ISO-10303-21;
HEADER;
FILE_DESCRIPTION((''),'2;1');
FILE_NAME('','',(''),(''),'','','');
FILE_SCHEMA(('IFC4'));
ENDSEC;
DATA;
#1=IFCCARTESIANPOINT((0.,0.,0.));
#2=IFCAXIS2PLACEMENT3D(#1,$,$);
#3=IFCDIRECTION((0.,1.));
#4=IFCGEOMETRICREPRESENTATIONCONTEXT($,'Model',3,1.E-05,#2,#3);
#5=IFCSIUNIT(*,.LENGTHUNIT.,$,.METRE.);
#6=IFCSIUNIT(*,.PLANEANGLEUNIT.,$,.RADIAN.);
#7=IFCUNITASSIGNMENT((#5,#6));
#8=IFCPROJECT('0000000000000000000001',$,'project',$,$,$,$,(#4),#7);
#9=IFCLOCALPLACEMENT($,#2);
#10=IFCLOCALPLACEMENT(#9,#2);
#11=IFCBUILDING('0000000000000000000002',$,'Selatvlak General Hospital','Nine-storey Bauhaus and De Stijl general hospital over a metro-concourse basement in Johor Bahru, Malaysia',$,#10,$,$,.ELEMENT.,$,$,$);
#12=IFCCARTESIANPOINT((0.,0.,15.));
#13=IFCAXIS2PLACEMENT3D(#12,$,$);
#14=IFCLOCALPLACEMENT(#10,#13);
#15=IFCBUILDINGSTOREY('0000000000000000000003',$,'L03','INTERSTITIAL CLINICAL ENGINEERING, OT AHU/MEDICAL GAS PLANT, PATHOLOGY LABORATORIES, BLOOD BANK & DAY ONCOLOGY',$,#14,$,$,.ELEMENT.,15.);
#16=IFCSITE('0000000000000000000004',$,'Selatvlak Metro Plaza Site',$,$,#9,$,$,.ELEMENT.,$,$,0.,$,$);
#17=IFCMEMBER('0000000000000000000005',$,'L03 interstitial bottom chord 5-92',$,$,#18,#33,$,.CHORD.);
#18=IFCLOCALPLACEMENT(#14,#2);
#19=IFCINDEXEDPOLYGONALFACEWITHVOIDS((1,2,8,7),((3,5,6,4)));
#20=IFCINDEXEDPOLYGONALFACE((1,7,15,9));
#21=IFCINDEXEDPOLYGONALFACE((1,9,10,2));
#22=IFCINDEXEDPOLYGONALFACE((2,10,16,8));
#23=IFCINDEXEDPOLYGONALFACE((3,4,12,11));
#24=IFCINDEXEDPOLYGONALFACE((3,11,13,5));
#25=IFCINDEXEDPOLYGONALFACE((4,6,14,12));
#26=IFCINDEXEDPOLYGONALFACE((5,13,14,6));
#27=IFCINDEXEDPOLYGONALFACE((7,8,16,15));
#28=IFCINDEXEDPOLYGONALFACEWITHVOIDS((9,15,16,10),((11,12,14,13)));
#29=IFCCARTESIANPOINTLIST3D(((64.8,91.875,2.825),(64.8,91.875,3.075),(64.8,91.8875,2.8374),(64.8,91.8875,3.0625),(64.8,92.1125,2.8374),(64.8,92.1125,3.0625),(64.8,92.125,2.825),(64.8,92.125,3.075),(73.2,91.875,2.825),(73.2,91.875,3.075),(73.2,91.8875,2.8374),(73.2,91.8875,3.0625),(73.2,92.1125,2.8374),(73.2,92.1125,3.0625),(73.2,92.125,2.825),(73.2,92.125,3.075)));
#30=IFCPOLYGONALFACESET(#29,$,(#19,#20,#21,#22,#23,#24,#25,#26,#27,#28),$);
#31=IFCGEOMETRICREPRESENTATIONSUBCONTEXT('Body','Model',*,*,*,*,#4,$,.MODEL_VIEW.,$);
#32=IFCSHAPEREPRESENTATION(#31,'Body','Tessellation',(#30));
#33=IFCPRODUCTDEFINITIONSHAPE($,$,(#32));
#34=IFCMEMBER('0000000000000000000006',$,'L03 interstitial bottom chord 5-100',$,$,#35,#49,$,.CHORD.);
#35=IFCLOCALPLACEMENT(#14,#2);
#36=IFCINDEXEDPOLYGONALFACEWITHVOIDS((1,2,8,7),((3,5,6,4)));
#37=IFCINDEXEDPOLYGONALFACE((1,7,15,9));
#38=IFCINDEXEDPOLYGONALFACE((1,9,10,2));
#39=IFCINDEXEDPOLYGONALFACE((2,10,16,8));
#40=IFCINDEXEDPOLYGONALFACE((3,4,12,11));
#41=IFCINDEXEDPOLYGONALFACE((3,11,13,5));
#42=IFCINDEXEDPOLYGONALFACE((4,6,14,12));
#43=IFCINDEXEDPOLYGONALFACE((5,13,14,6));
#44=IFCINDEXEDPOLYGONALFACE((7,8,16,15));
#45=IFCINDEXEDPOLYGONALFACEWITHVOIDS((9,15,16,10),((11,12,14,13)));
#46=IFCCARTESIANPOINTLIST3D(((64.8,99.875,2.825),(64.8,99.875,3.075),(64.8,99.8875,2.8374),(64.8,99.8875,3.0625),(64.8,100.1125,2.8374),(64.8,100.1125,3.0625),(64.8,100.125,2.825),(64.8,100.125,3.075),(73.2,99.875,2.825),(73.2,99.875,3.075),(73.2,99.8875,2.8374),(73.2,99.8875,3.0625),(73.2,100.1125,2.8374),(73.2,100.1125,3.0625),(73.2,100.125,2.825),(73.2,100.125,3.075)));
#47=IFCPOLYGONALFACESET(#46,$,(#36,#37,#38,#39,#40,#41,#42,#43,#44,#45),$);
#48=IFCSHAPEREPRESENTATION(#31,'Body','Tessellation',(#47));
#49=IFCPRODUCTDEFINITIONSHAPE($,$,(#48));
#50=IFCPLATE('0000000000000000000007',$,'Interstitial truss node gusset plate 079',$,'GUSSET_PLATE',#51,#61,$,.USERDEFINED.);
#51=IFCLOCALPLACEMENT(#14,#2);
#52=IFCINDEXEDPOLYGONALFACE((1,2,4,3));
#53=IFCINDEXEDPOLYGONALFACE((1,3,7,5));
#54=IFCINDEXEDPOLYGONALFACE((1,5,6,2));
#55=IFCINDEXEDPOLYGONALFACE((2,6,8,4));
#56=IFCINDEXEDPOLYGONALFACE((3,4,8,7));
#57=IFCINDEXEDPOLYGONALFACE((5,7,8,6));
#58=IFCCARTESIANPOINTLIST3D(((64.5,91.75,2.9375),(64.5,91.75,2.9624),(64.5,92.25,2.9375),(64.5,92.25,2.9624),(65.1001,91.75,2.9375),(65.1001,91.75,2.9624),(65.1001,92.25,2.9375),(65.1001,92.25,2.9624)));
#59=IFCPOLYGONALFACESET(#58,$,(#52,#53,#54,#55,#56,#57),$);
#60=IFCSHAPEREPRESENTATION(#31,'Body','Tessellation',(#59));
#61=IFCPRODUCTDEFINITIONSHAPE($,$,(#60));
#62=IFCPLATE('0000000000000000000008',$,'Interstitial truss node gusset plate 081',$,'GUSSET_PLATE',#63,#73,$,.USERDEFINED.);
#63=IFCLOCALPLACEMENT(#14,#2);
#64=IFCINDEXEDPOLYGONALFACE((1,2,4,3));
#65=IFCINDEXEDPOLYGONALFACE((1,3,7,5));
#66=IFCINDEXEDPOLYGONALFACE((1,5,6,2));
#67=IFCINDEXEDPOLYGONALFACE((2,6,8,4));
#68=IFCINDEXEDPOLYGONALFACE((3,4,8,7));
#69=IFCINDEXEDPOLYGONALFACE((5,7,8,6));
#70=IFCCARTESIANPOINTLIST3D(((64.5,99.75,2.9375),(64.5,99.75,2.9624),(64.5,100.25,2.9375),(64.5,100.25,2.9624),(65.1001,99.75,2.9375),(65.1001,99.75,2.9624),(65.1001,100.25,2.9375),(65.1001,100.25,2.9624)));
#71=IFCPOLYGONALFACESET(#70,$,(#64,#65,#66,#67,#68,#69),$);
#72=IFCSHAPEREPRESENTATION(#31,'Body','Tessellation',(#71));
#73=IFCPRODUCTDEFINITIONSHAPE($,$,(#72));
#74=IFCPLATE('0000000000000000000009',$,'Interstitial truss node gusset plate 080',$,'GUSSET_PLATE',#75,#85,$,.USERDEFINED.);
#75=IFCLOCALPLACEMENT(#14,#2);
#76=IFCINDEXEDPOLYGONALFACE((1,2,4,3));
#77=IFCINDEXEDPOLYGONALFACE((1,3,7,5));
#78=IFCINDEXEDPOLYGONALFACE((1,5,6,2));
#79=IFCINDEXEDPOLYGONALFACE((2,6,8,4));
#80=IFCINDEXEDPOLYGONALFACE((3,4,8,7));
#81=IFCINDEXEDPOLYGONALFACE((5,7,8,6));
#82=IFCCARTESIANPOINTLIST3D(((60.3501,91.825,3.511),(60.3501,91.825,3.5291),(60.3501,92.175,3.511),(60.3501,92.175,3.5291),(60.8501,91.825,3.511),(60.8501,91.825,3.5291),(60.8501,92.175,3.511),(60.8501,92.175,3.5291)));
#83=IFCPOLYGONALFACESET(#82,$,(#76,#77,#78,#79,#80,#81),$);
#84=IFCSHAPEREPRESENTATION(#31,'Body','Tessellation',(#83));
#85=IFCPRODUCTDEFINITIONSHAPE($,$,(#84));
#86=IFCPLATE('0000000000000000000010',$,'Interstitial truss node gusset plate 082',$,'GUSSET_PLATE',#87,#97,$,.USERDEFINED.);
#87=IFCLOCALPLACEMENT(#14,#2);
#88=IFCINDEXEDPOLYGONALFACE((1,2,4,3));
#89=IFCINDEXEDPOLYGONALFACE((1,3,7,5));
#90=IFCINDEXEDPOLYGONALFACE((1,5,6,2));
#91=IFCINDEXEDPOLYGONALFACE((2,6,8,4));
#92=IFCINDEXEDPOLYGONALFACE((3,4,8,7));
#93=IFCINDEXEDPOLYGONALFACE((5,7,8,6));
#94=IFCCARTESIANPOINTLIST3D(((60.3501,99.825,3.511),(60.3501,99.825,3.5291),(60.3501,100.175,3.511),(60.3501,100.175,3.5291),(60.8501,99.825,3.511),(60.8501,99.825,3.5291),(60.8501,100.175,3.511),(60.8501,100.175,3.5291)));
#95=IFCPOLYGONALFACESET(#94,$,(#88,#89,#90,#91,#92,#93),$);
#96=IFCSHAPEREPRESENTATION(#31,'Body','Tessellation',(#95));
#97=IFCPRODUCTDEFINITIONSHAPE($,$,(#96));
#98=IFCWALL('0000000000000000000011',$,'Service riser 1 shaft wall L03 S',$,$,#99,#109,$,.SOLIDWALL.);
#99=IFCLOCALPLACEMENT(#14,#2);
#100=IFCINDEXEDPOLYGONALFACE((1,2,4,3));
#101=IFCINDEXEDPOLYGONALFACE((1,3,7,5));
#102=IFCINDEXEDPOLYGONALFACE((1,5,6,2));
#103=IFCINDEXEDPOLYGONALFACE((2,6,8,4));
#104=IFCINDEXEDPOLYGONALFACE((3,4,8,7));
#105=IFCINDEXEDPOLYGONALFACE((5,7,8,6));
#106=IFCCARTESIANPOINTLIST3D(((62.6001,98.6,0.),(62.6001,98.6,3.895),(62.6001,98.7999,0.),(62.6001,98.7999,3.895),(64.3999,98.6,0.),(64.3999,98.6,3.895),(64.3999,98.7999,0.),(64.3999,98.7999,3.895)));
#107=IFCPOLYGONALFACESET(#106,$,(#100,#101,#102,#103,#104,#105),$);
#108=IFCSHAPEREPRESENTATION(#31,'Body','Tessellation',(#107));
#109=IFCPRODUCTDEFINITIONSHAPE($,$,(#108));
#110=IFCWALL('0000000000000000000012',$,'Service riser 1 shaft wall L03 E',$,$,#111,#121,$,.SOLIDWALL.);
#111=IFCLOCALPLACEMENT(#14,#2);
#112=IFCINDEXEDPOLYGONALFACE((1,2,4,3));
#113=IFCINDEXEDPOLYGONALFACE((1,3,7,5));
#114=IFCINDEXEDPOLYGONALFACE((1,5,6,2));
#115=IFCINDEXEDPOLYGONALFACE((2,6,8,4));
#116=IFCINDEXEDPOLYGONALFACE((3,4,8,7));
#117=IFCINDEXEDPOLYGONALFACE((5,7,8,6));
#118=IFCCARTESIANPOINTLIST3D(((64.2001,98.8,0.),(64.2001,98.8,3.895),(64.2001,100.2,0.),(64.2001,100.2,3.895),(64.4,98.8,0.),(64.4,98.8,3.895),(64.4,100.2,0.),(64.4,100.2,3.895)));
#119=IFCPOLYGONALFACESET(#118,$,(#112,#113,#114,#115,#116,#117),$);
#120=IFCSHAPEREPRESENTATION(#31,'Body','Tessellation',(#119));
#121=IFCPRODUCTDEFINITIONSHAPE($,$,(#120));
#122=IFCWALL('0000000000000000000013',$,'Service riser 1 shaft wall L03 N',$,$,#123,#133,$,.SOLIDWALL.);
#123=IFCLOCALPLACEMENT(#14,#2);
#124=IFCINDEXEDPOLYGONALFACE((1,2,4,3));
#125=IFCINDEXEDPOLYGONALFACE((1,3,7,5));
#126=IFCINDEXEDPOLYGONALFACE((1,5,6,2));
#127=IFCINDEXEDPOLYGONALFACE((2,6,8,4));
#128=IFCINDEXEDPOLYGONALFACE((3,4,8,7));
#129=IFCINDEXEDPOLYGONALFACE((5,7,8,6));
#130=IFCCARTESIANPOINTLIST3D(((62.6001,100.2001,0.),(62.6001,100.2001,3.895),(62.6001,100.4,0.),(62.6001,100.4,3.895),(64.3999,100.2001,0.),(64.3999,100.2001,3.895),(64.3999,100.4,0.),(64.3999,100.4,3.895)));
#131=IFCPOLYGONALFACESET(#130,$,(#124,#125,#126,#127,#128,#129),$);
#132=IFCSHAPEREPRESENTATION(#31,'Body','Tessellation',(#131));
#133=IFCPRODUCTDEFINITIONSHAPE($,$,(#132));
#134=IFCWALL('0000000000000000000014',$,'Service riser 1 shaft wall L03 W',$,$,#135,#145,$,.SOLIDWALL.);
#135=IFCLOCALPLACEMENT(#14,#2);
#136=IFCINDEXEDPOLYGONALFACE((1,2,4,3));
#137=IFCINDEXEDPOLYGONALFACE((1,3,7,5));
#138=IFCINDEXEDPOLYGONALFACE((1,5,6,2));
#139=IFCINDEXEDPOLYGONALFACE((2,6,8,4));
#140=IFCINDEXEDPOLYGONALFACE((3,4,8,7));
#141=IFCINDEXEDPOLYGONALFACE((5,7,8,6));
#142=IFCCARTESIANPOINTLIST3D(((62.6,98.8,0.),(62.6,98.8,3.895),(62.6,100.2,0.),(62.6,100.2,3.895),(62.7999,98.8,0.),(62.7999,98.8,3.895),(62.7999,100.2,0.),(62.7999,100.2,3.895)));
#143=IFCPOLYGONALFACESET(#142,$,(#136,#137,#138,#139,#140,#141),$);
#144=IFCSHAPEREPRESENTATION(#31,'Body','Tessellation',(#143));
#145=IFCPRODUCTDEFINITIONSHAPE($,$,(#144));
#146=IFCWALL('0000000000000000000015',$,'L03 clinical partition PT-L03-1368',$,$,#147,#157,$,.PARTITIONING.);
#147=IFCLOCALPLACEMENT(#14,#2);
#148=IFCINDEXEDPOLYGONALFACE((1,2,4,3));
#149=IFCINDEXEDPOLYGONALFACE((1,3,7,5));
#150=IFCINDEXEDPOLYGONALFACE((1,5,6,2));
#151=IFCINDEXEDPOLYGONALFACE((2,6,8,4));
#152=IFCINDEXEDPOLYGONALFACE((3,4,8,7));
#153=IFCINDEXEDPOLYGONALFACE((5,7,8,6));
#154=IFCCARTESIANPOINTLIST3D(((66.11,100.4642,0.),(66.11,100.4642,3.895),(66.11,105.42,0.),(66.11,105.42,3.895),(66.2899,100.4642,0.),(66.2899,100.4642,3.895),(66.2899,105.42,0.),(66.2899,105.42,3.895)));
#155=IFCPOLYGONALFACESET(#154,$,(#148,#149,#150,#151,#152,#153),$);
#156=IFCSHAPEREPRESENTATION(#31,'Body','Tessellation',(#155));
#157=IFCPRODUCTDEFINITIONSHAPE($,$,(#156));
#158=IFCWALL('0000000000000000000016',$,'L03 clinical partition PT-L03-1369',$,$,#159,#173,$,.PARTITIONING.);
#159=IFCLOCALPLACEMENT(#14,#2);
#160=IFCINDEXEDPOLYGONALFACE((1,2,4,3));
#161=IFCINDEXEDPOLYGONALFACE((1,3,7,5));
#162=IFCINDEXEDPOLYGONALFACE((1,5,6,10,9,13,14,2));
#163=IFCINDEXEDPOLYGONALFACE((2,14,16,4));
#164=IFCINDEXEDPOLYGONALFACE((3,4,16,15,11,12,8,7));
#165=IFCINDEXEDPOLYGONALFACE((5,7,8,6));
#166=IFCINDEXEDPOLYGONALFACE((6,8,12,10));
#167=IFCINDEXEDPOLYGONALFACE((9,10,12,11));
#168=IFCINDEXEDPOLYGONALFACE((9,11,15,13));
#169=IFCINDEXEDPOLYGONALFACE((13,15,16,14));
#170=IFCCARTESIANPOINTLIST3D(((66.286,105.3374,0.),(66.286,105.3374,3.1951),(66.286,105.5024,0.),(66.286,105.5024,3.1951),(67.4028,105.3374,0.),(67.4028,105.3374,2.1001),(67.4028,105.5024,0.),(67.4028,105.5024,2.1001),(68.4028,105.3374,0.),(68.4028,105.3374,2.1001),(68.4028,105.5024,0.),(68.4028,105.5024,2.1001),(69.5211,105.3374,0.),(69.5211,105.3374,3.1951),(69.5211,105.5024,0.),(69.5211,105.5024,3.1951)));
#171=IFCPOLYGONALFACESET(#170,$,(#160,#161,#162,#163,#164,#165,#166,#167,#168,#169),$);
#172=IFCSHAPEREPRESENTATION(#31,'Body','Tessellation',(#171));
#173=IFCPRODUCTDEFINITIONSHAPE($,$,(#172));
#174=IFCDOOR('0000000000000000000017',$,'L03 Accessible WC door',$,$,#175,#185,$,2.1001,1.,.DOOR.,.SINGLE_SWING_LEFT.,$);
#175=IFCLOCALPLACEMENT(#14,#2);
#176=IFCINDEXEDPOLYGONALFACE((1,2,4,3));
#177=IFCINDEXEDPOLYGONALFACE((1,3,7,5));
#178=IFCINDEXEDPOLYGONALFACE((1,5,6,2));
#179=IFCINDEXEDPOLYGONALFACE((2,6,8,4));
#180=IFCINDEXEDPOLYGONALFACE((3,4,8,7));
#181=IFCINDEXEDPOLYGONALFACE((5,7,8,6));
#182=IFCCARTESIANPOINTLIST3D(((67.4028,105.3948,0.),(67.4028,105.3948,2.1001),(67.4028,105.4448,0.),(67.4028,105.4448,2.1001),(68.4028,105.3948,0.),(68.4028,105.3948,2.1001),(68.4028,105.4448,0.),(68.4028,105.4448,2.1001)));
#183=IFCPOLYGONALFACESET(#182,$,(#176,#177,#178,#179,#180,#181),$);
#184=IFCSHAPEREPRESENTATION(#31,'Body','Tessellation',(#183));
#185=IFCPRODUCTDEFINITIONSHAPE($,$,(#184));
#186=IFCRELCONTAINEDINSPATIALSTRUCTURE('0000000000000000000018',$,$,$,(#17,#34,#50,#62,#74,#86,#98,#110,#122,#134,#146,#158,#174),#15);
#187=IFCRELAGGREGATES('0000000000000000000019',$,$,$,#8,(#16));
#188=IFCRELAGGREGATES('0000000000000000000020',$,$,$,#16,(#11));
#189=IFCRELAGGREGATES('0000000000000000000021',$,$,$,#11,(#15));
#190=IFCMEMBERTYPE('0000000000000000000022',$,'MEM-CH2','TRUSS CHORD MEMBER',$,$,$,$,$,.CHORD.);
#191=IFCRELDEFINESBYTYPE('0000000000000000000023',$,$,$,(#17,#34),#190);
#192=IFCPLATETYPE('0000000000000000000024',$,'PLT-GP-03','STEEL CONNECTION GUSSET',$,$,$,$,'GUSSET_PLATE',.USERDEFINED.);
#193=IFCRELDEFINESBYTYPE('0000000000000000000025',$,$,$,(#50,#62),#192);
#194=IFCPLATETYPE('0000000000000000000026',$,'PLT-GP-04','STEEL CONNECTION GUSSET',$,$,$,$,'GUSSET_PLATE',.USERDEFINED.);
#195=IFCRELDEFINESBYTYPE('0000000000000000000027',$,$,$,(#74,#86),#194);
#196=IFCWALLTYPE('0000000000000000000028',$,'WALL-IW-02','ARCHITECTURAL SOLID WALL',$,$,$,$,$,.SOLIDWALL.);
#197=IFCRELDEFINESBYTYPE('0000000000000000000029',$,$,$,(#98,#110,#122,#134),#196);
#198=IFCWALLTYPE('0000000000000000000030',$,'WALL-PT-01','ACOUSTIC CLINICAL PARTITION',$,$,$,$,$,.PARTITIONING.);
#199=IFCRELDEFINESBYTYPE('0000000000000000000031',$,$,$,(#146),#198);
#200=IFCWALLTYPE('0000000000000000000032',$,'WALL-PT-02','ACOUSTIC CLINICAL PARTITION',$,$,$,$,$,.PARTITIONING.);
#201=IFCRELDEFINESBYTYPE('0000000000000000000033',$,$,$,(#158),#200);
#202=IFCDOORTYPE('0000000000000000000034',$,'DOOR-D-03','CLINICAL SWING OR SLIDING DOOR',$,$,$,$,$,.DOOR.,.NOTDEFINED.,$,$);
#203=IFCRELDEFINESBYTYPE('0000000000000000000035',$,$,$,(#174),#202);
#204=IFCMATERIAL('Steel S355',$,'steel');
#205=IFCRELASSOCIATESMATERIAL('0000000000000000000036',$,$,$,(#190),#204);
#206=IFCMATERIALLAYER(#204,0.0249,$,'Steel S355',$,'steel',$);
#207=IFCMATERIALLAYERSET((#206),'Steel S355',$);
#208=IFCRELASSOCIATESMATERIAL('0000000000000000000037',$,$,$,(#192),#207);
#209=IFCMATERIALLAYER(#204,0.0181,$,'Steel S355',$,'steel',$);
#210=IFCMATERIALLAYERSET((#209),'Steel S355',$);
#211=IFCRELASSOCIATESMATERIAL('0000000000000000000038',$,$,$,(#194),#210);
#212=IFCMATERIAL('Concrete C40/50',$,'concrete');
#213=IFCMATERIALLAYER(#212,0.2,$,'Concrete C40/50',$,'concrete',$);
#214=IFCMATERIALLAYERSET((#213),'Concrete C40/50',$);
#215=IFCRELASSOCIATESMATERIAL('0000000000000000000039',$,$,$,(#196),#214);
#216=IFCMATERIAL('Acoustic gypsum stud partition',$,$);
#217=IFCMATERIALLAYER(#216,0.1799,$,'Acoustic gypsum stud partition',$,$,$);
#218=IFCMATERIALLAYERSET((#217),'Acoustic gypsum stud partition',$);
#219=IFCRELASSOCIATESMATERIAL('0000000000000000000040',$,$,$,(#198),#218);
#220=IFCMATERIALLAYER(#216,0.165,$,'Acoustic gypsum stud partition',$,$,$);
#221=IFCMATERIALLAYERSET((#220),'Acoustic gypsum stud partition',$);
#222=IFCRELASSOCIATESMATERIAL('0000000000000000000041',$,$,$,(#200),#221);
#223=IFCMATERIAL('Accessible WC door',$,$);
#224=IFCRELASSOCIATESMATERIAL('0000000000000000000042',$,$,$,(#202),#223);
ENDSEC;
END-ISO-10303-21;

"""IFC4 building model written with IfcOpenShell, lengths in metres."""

from ifc_helpers import new_model, si_unit, direction, frame, frame_2d, origin, origin_2d, place, context, subcontext, project, spatial, rectangle, hollow_rectangle, extrude, material, layer, layer_set, material_profile, profile_set, type_object, element, fill, save


model = new_model("IFC4")

# Units and contexts
model_context = context("Model", 3, precision=1e-05, world=origin(), true_north=direction((0.0, 1.0)))
body_context = subcontext(model_context, "Body", "Model", "MODEL_VIEW")
ifc_project = project(units=[si_unit("LENGTHUNIT", "METRE"), si_unit("PLANEANGLEUNIT", "RADIAN")], contexts=[model_context])

# Site, building, storey
site_placement = place(None, origin())
site = spatial("IfcSite", under=ifc_project, at=site_placement, Name="Selatvlak Metro Plaza Site", CompositionType="ELEMENT", RefElevation=0.0)
building_placement = place(site_placement, origin())
building = spatial("IfcBuilding", under=site, at=building_placement, Name="Selatvlak General Hospital", Description="Nine-storey Bauhaus and De Stijl general hospital over a metro-concourse basement in Johor Bahru, Malaysia", CompositionType="ELEMENT")
storey_placement = place(building_placement, frame((0.0, 0.0, 15.0)))
storey = spatial("IfcBuildingStorey", under=building, at=storey_placement, Name="L03", Description="INTERSTITIAL CLINICAL ENGINEERING, OT AHU/MEDICAL GAS PLANT, PATHOLOGY LABORATORIES, BLOOD BANK & DAY ONCOLOGY", CompositionType="ELEMENT", Elevation=15.0)

# Shared definitions
ifc_material_1 = material(Name="Concrete C40/50", Category="concrete")

# Members
ifc_material_2 = material(Name="Steel S355", Category="steel")
ifc_material_profile_1 = material_profile(ifc_material_2, hollow_rectangle(XDim=0.25, YDim=0.25, WallThickness=0.0125, at=origin_2d()), Name="SHS 250x250x12.5")
ifc_profile_set_1 = profile_set([ifc_material_profile_1], Name="Steel S355")
member_type_1 = type_object("IfcMemberType", Name="MEM-CH2", Description="TRUSS CHORD MEMBER", PredefinedType="CHORD", material=ifc_profile_set_1)
for number, where, z_axis, x_axis, name in (
    (1, (64.8, 92.0, 2.95), (1.0, 0.0, 0.0), (0.0, 1.0, 0.0), "L03 interstitial bottom chord 5-92"),
    (2, (64.8, 100.0, 2.95), (1.0, 0.0, 0.0), (0.0, 1.0, 0.0), "L03 interstitial bottom chord 5-100"),
):
    element("IfcMember", number, at=place(storey_placement, frame(where, z_axis=z_axis, x_axis=x_axis)), inside=storey, type_object=member_type_1, Name=name, PredefinedType="CHORD", context=body_context, shape_type="SweptSolid", body=[
        extrude(hollow_rectangle(XDim=0.25, YDim=0.25, WallThickness=0.0125, at=origin_2d()), origin(), (0.0, 0.0, 1.0), 8.3999),
    ])

# Plates
ifc_layer_1 = layer(ifc_material_2, 0.0249, Name="Steel S355", Category="steel")
ifc_layer_set_1 = layer_set([ifc_layer_1], Name="Steel S355")
plate_type_1 = type_object("IfcPlateType", Name="PLT-GP-03", Description="STEEL CONNECTION GUSSET", ElementType="GUSSET_PLATE", PredefinedType="USERDEFINED", material=ifc_layer_set_1)
for number, where, z_axis, x_axis, name in (
    (3, (64.8, 92.0, 2.9375), (0.0, 0.0, 1.0), (1.0, 0.0, 0.0), "Interstitial truss node gusset plate 079"),
    (4, (64.8, 100.0, 2.9375), (0.0, 0.0, 1.0), (1.0, 0.0, 0.0), "Interstitial truss node gusset plate 081"),
):
    element("IfcPlate", number, at=place(storey_placement, frame(where, z_axis=z_axis, x_axis=x_axis)), inside=storey, type_object=plate_type_1, Name=name, ObjectType="GUSSET_PLATE", PredefinedType="USERDEFINED", context=body_context, shape_type="SweptSolid", body=[
        extrude(rectangle(XDim=0.6001, YDim=0.5, at=origin_2d()), origin(), (0.0, 0.0, 1.0), 0.0249),
    ])
ifc_layer_2 = layer(ifc_material_2, 0.0181, Name="Steel S355", Category="steel")
ifc_layer_set_2 = layer_set([ifc_layer_2], Name="Steel S355")
plate_type_2 = type_object("IfcPlateType", Name="PLT-GP-04", Description="STEEL CONNECTION GUSSET", ElementType="GUSSET_PLATE", PredefinedType="USERDEFINED", material=ifc_layer_set_2)
for number, where, z_axis, x_axis, name in (
    (5, (60.6001, 92.0, 3.511), (0.0, 0.0, 1.0), (1.0, 0.0, 0.0), "Interstitial truss node gusset plate 080"),
    (6, (60.6001, 100.0, 3.511), (0.0, 0.0, 1.0), (1.0, 0.0, 0.0), "Interstitial truss node gusset plate 082"),
):
    element("IfcPlate", number, at=place(storey_placement, frame(where, z_axis=z_axis, x_axis=x_axis)), inside=storey, type_object=plate_type_2, Name=name, ObjectType="GUSSET_PLATE", PredefinedType="USERDEFINED", context=body_context, shape_type="SweptSolid", body=[
        extrude(rectangle(XDim=0.5, YDim=0.3501, at=origin_2d()), origin(), (0.0, 0.0, 1.0), 0.0181),
    ])

# Walls
ifc_layer_3 = layer(ifc_material_1, 0.2, Name="Concrete C40/50", Category="concrete")
ifc_layer_set_3 = layer_set([ifc_layer_3], Name="Concrete C40/50")
wall_type_1 = type_object("IfcWallType", Name="WALL-IW-02", Description="ARCHITECTURAL SOLID WALL", PredefinedType="SOLIDWALL", material=ifc_layer_set_3)
wall_1_placement = place(storey_placement, frame((62.6001, 98.7, 0.0), z_axis=(0.0, 0.0, 1.0), x_axis=(1.0, 0.0, 0.0)))
element("IfcWall", 7, at=wall_1_placement, inside=storey, type_object=wall_type_1, Name="Service riser 1 shaft wall L03 S", PredefinedType="SOLIDWALL", context=body_context, shape_type="SweptSolid", body=[
    extrude(rectangle(XDim=1.7998, YDim=0.2, at=frame_2d((0.8999, 0.0))), origin(), (0.0, 0.0, 1.0), 3.895),
])
wall_2_placement = place(storey_placement, frame((64.3, 98.8, 0.0), z_axis=(0.0, 0.0, 1.0), x_axis=(0.0, 1.0, 0.0)))
element("IfcWall", 8, at=wall_2_placement, inside=storey, type_object=wall_type_1, Name="Service riser 1 shaft wall L03 E", PredefinedType="SOLIDWALL", context=body_context, shape_type="SweptSolid", body=[
    extrude(rectangle(XDim=1.3999, YDim=0.2, at=frame_2d((0.7, 0.0))), origin(), (0.0, 0.0, 1.0), 3.895),
])
wall_3_placement = place(storey_placement, frame((64.3999, 100.3, 0.0), z_axis=(0.0, 0.0, 1.0), x_axis=(-1.0, 0.0, 0.0)))
element("IfcWall", 9, at=wall_3_placement, inside=storey, type_object=wall_type_1, Name="Service riser 1 shaft wall L03 N", PredefinedType="SOLIDWALL", context=body_context, shape_type="SweptSolid", body=[
    extrude(rectangle(XDim=1.7998, YDim=0.2, at=frame_2d((0.8999, 0.0))), origin(), (0.0, 0.0, 1.0), 3.895),
])
wall_4_placement = place(storey_placement, frame((62.7, 100.2, 0.0), z_axis=(0.0, 0.0, 1.0), x_axis=(0.0, -1.0, 0.0)))
element("IfcWall", 10, at=wall_4_placement, inside=storey, type_object=wall_type_1, Name="Service riser 1 shaft wall L03 W", PredefinedType="SOLIDWALL", context=body_context, shape_type="SweptSolid", body=[
    extrude(rectangle(XDim=1.3999, YDim=0.2, at=frame_2d((0.7, 0.0))), origin(), (0.0, 0.0, 1.0), 3.895),
])
ifc_material_3 = material(Name="Acoustic gypsum stud partition")
ifc_layer_4 = layer(ifc_material_3, 0.1799, Name="Acoustic gypsum stud partition")
ifc_layer_set_4 = layer_set([ifc_layer_4], Name="Acoustic gypsum stud partition")
wall_type_2 = type_object("IfcWallType", Name="WALL-PT-01", Description="ACOUSTIC CLINICAL PARTITION", PredefinedType="PARTITIONING", material=ifc_layer_set_4)
wall_5_placement = place(storey_placement, frame((66.2, 100.4641, 0.0), z_axis=(0.0, 0.0, 1.0), x_axis=(0.0, 1.0, 0.0)))
element("IfcWall", 11, at=wall_5_placement, inside=storey, type_object=wall_type_2, Name="L03 clinical partition PT-L03-1368", PredefinedType="PARTITIONING", context=body_context, shape_type="SweptSolid", body=[
    extrude(rectangle(XDim=4.9558, YDim=0.1799, at=frame_2d((2.478, 0.0))), origin(), (0.0, 0.0, 1.0), 3.895),
])

# Wall, opening, door
ifc_layer_5 = layer(ifc_material_3, 0.165, Name="Acoustic gypsum stud partition")
ifc_layer_set_5 = layer_set([ifc_layer_5], Name="Acoustic gypsum stud partition")
wall_type_3 = type_object("IfcWallType", Name="WALL-PT-02", Description="ACOUSTIC CLINICAL PARTITION", PredefinedType="PARTITIONING", material=ifc_layer_set_5)
wall_6_placement = place(storey_placement, frame((66.2859, 105.4199, 0.0), z_axis=(0.0, 0.0, 1.0), x_axis=(1.0, 0.0, 0.0)))
wall_6 = element("IfcWall", 12, at=wall_6_placement, inside=storey, type_object=wall_type_3, Name="L03 clinical partition PT-L03-1369", PredefinedType="PARTITIONING", context=body_context, shape_type="SweptSolid", body=[
    extrude(rectangle(XDim=3.2351, YDim=0.165, at=frame_2d((1.6177, 0.0))), origin(), (0.0, 0.0, 1.0), 3.1951),
])
opening_placement = place(wall_6_placement, frame((1.1169, 0.0, 0.0)))
opening = element("IfcOpeningElement", 13, at=opening_placement, cuts=wall_6, PredefinedType="OPENING", context=body_context, shape_type="SweptSolid", body=[
    extrude(rectangle(XDim=1.0, YDim=2.1001, at=frame_2d((0.5, 1.05))), frame((0.0, 0.0925, 0.0), z_axis=(0.0, -1.0, 0.0), x_axis=(1.0, 0.0, 0.0)), (0.0, 0.0, 1.0), 0.1851),
])
ifc_material_4 = material(Name="Accessible WC door")
door_type = type_object("IfcDoorType", Name="DOOR-D-03", Description="CLINICAL SWING OR SLIDING DOOR", OperationType="NOTDEFINED", PredefinedType="DOOR", material=ifc_material_4)
door_placement = place(opening_placement, origin())
door = element("IfcDoor", 14, at=door_placement, inside=storey, type_object=door_type, Name="L03 Accessible WC door", OperationType="SINGLE_SWING_LEFT", OverallHeight=2.1001, OverallWidth=1.0, PredefinedType="DOOR", context=body_context, shape_type="SweptSolid", body=[
    extrude(rectangle(XDim=1.0, YDim=2.1001, at=frame_2d((0.5, 1.05))), frame((0.0, 0.0249, 0.0), z_axis=(0.0, -1.0, 0.0), x_axis=(1.0, 0.0, 0.0)), (0.0, 0.0, 1.0), 0.05),
])
fill(opening, door)

save(model, "model.ifc")
